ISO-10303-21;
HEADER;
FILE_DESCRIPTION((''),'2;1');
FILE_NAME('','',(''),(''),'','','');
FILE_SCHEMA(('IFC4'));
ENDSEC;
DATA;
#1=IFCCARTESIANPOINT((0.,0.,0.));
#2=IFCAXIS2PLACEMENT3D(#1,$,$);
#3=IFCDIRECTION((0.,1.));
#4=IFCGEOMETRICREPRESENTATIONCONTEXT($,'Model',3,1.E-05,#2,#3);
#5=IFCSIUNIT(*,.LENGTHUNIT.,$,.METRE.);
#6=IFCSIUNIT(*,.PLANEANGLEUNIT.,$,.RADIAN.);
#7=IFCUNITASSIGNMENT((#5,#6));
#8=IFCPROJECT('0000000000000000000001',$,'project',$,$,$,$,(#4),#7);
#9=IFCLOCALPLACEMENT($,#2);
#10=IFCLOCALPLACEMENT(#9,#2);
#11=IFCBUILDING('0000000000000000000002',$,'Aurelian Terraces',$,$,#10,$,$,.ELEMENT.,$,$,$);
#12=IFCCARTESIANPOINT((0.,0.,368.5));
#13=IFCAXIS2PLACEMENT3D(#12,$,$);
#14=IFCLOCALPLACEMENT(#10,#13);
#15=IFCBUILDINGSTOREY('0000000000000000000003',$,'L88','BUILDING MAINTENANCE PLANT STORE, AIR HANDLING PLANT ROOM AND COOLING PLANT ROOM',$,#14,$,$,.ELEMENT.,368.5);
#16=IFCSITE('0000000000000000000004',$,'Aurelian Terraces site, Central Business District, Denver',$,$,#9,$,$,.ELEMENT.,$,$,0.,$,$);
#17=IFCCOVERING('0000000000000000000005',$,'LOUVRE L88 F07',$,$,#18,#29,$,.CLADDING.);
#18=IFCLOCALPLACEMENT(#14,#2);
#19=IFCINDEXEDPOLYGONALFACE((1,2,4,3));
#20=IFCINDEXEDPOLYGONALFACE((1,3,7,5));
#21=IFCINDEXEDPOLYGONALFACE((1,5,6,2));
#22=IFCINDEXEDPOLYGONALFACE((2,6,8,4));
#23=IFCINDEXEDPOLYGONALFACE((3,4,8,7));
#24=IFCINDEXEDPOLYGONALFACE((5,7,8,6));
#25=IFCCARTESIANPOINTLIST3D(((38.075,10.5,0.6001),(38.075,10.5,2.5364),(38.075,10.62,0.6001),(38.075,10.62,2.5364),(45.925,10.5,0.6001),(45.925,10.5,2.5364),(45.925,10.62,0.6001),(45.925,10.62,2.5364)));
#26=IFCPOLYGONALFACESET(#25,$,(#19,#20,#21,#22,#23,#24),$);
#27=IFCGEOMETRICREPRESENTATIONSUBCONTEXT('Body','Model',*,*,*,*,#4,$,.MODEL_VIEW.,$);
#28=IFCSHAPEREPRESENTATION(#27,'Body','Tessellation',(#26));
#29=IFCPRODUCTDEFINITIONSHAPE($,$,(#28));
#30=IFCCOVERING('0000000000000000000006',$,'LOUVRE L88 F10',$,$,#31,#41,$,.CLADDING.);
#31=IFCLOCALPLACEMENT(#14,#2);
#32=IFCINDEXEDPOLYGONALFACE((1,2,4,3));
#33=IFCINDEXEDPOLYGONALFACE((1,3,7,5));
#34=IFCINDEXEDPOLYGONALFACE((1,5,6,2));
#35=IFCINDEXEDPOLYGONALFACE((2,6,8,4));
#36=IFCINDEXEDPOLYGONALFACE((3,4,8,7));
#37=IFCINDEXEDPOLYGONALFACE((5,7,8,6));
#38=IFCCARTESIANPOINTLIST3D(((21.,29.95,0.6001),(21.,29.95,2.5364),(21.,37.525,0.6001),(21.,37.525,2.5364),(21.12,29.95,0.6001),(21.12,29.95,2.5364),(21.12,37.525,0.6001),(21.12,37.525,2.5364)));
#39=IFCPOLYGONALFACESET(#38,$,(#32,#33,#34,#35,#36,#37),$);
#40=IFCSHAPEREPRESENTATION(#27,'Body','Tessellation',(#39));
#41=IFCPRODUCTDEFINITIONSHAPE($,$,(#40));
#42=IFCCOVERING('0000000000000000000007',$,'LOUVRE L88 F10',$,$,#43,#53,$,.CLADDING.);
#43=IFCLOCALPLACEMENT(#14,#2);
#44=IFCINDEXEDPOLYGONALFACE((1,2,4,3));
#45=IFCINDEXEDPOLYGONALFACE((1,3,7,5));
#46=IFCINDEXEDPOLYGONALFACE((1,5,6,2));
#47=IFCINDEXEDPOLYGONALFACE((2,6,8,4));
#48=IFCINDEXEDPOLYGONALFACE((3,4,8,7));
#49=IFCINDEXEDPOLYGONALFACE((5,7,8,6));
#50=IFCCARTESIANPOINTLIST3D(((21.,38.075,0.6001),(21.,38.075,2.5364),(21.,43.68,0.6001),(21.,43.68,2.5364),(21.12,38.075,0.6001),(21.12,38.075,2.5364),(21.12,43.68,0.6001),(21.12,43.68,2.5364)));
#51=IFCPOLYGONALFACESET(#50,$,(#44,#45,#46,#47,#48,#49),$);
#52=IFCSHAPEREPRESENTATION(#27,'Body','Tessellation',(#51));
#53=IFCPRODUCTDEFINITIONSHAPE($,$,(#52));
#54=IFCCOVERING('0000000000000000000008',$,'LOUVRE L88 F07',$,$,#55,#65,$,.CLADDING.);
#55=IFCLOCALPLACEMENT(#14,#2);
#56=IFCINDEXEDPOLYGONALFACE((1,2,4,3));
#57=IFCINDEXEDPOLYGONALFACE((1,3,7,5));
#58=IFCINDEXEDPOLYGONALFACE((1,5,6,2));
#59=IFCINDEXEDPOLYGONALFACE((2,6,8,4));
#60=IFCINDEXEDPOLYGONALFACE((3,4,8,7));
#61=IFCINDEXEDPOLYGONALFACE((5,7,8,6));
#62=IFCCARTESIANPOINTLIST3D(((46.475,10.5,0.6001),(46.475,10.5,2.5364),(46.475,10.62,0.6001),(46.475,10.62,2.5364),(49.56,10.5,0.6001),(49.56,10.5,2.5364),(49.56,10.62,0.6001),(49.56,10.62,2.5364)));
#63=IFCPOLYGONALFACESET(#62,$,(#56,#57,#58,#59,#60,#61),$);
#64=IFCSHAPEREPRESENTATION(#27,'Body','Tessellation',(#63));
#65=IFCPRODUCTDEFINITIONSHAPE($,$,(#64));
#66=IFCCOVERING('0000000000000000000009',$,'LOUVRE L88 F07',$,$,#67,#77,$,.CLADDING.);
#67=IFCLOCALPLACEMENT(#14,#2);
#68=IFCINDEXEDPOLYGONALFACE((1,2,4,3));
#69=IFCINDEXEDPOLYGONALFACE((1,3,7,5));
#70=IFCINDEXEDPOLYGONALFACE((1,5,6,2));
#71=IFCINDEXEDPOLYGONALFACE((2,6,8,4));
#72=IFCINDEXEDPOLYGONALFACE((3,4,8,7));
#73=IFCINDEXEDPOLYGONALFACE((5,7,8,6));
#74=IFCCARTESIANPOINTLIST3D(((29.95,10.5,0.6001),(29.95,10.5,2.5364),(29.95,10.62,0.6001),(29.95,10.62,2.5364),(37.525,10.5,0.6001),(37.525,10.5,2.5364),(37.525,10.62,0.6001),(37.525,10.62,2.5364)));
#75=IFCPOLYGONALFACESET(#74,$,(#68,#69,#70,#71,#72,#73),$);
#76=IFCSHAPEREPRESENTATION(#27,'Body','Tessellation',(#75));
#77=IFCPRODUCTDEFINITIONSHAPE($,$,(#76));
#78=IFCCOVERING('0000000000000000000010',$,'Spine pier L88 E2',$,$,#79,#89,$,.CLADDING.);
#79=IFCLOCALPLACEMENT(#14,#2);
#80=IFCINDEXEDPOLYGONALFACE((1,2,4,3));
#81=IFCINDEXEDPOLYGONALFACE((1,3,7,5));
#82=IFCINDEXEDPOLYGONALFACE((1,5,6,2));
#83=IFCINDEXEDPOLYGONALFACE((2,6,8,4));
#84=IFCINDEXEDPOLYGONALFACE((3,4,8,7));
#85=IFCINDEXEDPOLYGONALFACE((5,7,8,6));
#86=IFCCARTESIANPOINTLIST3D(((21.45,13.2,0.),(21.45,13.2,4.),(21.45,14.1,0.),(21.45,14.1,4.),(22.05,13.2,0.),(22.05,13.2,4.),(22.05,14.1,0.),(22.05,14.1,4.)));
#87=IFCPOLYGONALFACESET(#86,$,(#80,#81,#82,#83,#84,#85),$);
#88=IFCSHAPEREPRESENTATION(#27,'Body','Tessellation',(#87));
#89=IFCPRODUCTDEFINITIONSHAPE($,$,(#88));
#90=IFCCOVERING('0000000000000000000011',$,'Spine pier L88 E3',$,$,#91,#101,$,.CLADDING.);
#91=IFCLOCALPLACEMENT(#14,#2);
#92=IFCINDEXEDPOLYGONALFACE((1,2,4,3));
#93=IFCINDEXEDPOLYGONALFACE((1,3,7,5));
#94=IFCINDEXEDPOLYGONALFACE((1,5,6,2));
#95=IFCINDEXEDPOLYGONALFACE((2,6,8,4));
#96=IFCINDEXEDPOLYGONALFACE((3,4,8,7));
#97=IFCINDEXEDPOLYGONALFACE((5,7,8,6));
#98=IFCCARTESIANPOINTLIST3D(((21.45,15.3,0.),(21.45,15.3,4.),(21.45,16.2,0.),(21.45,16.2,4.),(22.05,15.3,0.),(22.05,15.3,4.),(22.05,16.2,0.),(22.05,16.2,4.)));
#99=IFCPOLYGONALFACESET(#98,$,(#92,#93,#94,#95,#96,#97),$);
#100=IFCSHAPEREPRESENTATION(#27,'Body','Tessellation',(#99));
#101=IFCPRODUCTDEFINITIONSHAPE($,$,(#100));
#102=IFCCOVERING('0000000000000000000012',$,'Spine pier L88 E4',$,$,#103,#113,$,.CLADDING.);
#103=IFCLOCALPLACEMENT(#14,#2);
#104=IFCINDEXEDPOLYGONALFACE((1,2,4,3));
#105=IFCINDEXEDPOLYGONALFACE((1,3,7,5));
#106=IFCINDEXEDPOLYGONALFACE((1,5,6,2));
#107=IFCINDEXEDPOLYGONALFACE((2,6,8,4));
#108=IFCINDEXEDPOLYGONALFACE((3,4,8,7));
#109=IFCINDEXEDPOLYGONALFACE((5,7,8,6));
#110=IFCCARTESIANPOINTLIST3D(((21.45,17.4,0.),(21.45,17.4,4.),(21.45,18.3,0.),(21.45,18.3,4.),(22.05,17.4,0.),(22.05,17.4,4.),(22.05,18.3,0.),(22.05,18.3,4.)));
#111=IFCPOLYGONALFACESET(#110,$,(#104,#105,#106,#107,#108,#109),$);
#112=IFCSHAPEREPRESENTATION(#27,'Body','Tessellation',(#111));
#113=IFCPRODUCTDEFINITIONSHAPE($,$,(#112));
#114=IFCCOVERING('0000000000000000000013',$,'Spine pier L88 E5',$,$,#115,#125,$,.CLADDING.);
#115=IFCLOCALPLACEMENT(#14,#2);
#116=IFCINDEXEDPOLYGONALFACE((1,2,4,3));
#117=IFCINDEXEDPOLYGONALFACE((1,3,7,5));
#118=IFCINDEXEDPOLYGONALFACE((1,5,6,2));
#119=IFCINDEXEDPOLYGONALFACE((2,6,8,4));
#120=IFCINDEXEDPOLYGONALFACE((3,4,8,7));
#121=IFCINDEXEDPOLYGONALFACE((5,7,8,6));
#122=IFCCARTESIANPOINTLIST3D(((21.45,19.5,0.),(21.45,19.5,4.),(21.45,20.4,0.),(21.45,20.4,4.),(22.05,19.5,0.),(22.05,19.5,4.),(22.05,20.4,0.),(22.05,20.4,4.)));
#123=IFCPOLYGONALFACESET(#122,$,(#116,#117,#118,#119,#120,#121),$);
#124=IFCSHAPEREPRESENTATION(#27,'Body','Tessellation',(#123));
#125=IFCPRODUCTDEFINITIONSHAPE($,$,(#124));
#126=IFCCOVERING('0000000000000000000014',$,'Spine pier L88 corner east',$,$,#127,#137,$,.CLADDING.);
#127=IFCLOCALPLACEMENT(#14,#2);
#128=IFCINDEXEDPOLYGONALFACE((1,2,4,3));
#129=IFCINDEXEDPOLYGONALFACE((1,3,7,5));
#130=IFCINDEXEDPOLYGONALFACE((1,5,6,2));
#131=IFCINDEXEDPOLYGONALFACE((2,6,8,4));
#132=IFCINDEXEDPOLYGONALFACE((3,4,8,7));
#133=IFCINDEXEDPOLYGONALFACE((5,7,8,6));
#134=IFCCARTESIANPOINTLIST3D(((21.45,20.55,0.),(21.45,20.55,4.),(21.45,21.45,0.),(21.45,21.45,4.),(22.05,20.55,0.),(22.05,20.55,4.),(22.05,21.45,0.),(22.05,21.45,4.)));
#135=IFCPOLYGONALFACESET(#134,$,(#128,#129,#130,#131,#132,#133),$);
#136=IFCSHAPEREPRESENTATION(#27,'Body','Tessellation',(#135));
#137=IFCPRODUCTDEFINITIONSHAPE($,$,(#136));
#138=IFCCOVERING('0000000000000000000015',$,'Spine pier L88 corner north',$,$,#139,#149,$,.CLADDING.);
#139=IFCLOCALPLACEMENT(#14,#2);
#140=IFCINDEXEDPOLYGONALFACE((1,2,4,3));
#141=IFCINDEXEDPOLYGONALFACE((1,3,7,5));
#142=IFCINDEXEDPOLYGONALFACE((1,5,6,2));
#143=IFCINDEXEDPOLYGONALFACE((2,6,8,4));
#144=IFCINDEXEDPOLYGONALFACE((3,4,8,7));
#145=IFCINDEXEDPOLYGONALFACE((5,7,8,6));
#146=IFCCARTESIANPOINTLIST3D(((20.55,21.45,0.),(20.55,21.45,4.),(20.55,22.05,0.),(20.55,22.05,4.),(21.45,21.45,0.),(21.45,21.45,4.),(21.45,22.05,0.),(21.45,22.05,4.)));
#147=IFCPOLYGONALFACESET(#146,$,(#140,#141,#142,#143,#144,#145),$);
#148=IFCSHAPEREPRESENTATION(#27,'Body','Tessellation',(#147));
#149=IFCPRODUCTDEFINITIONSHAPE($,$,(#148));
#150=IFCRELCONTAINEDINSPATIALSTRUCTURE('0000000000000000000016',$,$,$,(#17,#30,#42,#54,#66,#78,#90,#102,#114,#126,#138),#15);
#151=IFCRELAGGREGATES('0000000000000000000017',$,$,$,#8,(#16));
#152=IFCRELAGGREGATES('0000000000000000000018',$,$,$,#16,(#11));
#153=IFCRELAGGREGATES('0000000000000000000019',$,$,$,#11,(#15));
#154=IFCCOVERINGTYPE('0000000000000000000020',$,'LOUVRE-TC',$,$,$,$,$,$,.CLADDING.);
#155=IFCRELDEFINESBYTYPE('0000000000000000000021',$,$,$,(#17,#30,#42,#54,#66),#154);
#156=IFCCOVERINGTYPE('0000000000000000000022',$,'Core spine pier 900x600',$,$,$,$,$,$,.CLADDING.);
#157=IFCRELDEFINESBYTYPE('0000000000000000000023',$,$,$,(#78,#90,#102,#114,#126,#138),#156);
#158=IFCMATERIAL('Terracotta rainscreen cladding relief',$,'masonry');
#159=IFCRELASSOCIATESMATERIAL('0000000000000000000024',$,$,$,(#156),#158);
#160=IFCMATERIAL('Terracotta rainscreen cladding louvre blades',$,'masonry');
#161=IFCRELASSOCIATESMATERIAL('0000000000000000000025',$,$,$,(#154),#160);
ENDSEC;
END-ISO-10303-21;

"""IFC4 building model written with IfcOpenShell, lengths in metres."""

from ifc_helpers import new_model, si_unit, direction, frame, origin, origin_2d, place, context, subcontext, project, spatial, rectangle, extrude, source, transform, mapped, material, type_object, element, save


model = new_model("IFC4")

# Units and contexts
model_context = context("Model", 3, precision=1e-05, world=origin(), true_north=direction((0.0, 1.0)))
body_context = subcontext(model_context, "Body", "Model", "MODEL_VIEW")
ifc_project = project(units=[si_unit("LENGTHUNIT", "METRE"), si_unit("PLANEANGLEUNIT", "RADIAN")], contexts=[model_context])

# Site, building, storey
site_placement = place(None, origin())
site = spatial("IfcSite", under=ifc_project, at=site_placement, Name="Aurelian Terraces site, Central Business District, Denver", CompositionType="ELEMENT", RefElevation=0.0)
building_placement = place(site_placement, origin())
building = spatial("IfcBuilding", under=site, at=building_placement, Name="Aurelian Terraces", CompositionType="ELEMENT")
storey_placement = place(building_placement, frame((0.0, 0.0, 368.5)))
storey = spatial("IfcBuildingStorey", under=building, at=storey_placement, Name="L88", Description="BUILDING MAINTENANCE PLANT STORE, AIR HANDLING PLANT ROOM AND COOLING PLANT ROOM", CompositionType="ELEMENT", Elevation=368.5)

# Coverings
ifc_material_1 = material(Name="Terracotta rainscreen cladding relief", Category="masonry")
covering_type_1 = type_object("IfcCoveringType", Name="Core spine pier 900x600", PredefinedType="CLADDING", material=ifc_material_1)
ifc_material_2 = material(Name="Terracotta rainscreen cladding louvre blades", Category="masonry")
covering_type_2 = type_object("IfcCoveringType", Name="LOUVRE-TC", PredefinedType="CLADDING", material=ifc_material_2)
covering_1_placement = place(storey_placement, frame((42.0, 10.56, 0.6001), z_axis=(0.0, 0.0, 1.0), x_axis=(1.0, 0.0, 0.0)))
element("IfcCovering", 1, at=covering_1_placement, inside=storey, type_object=covering_type_2, Name="LOUVRE L88 F07", PredefinedType="CLADDING", context=body_context, shape_type="SweptSolid", body=[
    extrude(rectangle(XDim=7.85, YDim=0.12, at=origin_2d()), origin(), (0.0, 0.0, 1.0), 1.9363),
])
covering_2_placement = place(storey_placement, frame((21.06, 33.7375, 0.6001), z_axis=(0.0, 0.0, 1.0), x_axis=(1.0, 0.0, 0.0)))
element("IfcCovering", 2, at=covering_2_placement, inside=storey, type_object=covering_type_2, Name="LOUVRE L88 F10", PredefinedType="CLADDING", context=body_context, shape_type="SweptSolid", body=[
    extrude(rectangle(XDim=0.12, YDim=7.575, at=origin_2d()), origin(), (0.0, 0.0, 1.0), 1.9363),
])
covering_3_placement = place(storey_placement, frame((21.06, 40.8775, 0.6001), z_axis=(0.0, 0.0, 1.0), x_axis=(1.0, 0.0, 0.0)))
element("IfcCovering", 3, at=covering_3_placement, inside=storey, type_object=covering_type_2, Name="LOUVRE L88 F10", PredefinedType="CLADDING", context=body_context, shape_type="SweptSolid", body=[
    extrude(rectangle(XDim=0.12, YDim=5.605, at=origin_2d()), origin(), (0.0, 0.0, 1.0), 1.9363),
])
shared_shape_1 = source(origin(), body_context, "Body", "SweptSolid", [
    extrude(rectangle(XDim=3.085, YDim=0.12, at=origin_2d()), origin(), (0.0, 0.0, 1.0), 1.9363),
])
covering_4_placement = place(storey_placement, frame((48.0175, 10.56, 0.6001), z_axis=(0.0, 0.0, 1.0), x_axis=(1.0, 0.0, 0.0)))
element("IfcCovering", 4, at=covering_4_placement, inside=storey, type_object=covering_type_2, Name="LOUVRE L88 F07", PredefinedType="CLADDING", context=body_context, shape_type="MappedRepresentation", body=[
    mapped(shared_shape_1, transform((0.0, 0.0, 0.0), scale=1.0)),
])
shared_shape_2 = source(origin(), body_context, "Body", "SweptSolid", [
    extrude(rectangle(XDim=7.575, YDim=0.12, at=origin_2d()), origin(), (0.0, 0.0, 1.0), 1.9363),
])
covering_5_placement = place(storey_placement, frame((33.7375, 10.56, 0.6001), z_axis=(0.0, 0.0, 1.0), x_axis=(1.0, 0.0, 0.0)))
element("IfcCovering", 5, at=covering_5_placement, inside=storey, type_object=covering_type_2, Name="LOUVRE L88 F07", PredefinedType="CLADDING", context=body_context, shape_type="MappedRepresentation", body=[
    mapped(shared_shape_2, transform((0.0, 0.0, 0.0), scale=1.0)),
])
shared_shape_3 = source(origin(), body_context, "Body", "SweptSolid", [
    extrude(rectangle(XDim=0.6, YDim=0.9, at=origin_2d()), origin(), (0.0, 0.0, 1.0), 4.0),
])
for number, where, z_axis, x_axis, name in (
    (6, (21.75, 13.65, 0.0), (0.0, 0.0, 1.0), (1.0, 0.0, 0.0), "Spine pier L88 E2"),
    (7, (21.75, 15.75, 0.0), (0.0, 0.0, 1.0), (1.0, 0.0, 0.0), "Spine pier L88 E3"),
    (8, (21.75, 17.85, 0.0), (0.0, 0.0, 1.0), (1.0, 0.0, 0.0), "Spine pier L88 E4"),
    (9, (21.75, 19.95, 0.0), (0.0, 0.0, 1.0), (1.0, 0.0, 0.0), "Spine pier L88 E5"),
    (10, (21.75, 21.0, 0.0), (0.0, 0.0, 1.0), (1.0, 0.0, 0.0), "Spine pier L88 corner east"),
):
    element("IfcCovering", number, at=place(storey_placement, frame(where, z_axis=z_axis, x_axis=x_axis)), inside=storey, type_object=covering_type_1, Name=name, PredefinedType="CLADDING", context=body_context, shape_type="MappedRepresentation", body=[
        mapped(shared_shape_3, transform((0.0, 0.0, 0.0), scale=1.0)),
    ])
shared_shape_4 = source(origin(), body_context, "Body", "SweptSolid", [
    extrude(rectangle(XDim=0.9, YDim=0.6, at=origin_2d()), origin(), (0.0, 0.0, 1.0), 4.0),
])
covering_6_placement = place(storey_placement, frame((21.0, 21.75, 0.0), z_axis=(0.0, 0.0, 1.0), x_axis=(1.0, 0.0, 0.0)))
element("IfcCovering", 11, at=covering_6_placement, inside=storey, type_object=covering_type_1, Name="Spine pier L88 corner north", PredefinedType="CLADDING", context=body_context, shape_type="MappedRepresentation", body=[
    mapped(shared_shape_4, transform((0.0, 0.0, 0.0), scale=1.0)),
])

save(model, "model.ifc")
